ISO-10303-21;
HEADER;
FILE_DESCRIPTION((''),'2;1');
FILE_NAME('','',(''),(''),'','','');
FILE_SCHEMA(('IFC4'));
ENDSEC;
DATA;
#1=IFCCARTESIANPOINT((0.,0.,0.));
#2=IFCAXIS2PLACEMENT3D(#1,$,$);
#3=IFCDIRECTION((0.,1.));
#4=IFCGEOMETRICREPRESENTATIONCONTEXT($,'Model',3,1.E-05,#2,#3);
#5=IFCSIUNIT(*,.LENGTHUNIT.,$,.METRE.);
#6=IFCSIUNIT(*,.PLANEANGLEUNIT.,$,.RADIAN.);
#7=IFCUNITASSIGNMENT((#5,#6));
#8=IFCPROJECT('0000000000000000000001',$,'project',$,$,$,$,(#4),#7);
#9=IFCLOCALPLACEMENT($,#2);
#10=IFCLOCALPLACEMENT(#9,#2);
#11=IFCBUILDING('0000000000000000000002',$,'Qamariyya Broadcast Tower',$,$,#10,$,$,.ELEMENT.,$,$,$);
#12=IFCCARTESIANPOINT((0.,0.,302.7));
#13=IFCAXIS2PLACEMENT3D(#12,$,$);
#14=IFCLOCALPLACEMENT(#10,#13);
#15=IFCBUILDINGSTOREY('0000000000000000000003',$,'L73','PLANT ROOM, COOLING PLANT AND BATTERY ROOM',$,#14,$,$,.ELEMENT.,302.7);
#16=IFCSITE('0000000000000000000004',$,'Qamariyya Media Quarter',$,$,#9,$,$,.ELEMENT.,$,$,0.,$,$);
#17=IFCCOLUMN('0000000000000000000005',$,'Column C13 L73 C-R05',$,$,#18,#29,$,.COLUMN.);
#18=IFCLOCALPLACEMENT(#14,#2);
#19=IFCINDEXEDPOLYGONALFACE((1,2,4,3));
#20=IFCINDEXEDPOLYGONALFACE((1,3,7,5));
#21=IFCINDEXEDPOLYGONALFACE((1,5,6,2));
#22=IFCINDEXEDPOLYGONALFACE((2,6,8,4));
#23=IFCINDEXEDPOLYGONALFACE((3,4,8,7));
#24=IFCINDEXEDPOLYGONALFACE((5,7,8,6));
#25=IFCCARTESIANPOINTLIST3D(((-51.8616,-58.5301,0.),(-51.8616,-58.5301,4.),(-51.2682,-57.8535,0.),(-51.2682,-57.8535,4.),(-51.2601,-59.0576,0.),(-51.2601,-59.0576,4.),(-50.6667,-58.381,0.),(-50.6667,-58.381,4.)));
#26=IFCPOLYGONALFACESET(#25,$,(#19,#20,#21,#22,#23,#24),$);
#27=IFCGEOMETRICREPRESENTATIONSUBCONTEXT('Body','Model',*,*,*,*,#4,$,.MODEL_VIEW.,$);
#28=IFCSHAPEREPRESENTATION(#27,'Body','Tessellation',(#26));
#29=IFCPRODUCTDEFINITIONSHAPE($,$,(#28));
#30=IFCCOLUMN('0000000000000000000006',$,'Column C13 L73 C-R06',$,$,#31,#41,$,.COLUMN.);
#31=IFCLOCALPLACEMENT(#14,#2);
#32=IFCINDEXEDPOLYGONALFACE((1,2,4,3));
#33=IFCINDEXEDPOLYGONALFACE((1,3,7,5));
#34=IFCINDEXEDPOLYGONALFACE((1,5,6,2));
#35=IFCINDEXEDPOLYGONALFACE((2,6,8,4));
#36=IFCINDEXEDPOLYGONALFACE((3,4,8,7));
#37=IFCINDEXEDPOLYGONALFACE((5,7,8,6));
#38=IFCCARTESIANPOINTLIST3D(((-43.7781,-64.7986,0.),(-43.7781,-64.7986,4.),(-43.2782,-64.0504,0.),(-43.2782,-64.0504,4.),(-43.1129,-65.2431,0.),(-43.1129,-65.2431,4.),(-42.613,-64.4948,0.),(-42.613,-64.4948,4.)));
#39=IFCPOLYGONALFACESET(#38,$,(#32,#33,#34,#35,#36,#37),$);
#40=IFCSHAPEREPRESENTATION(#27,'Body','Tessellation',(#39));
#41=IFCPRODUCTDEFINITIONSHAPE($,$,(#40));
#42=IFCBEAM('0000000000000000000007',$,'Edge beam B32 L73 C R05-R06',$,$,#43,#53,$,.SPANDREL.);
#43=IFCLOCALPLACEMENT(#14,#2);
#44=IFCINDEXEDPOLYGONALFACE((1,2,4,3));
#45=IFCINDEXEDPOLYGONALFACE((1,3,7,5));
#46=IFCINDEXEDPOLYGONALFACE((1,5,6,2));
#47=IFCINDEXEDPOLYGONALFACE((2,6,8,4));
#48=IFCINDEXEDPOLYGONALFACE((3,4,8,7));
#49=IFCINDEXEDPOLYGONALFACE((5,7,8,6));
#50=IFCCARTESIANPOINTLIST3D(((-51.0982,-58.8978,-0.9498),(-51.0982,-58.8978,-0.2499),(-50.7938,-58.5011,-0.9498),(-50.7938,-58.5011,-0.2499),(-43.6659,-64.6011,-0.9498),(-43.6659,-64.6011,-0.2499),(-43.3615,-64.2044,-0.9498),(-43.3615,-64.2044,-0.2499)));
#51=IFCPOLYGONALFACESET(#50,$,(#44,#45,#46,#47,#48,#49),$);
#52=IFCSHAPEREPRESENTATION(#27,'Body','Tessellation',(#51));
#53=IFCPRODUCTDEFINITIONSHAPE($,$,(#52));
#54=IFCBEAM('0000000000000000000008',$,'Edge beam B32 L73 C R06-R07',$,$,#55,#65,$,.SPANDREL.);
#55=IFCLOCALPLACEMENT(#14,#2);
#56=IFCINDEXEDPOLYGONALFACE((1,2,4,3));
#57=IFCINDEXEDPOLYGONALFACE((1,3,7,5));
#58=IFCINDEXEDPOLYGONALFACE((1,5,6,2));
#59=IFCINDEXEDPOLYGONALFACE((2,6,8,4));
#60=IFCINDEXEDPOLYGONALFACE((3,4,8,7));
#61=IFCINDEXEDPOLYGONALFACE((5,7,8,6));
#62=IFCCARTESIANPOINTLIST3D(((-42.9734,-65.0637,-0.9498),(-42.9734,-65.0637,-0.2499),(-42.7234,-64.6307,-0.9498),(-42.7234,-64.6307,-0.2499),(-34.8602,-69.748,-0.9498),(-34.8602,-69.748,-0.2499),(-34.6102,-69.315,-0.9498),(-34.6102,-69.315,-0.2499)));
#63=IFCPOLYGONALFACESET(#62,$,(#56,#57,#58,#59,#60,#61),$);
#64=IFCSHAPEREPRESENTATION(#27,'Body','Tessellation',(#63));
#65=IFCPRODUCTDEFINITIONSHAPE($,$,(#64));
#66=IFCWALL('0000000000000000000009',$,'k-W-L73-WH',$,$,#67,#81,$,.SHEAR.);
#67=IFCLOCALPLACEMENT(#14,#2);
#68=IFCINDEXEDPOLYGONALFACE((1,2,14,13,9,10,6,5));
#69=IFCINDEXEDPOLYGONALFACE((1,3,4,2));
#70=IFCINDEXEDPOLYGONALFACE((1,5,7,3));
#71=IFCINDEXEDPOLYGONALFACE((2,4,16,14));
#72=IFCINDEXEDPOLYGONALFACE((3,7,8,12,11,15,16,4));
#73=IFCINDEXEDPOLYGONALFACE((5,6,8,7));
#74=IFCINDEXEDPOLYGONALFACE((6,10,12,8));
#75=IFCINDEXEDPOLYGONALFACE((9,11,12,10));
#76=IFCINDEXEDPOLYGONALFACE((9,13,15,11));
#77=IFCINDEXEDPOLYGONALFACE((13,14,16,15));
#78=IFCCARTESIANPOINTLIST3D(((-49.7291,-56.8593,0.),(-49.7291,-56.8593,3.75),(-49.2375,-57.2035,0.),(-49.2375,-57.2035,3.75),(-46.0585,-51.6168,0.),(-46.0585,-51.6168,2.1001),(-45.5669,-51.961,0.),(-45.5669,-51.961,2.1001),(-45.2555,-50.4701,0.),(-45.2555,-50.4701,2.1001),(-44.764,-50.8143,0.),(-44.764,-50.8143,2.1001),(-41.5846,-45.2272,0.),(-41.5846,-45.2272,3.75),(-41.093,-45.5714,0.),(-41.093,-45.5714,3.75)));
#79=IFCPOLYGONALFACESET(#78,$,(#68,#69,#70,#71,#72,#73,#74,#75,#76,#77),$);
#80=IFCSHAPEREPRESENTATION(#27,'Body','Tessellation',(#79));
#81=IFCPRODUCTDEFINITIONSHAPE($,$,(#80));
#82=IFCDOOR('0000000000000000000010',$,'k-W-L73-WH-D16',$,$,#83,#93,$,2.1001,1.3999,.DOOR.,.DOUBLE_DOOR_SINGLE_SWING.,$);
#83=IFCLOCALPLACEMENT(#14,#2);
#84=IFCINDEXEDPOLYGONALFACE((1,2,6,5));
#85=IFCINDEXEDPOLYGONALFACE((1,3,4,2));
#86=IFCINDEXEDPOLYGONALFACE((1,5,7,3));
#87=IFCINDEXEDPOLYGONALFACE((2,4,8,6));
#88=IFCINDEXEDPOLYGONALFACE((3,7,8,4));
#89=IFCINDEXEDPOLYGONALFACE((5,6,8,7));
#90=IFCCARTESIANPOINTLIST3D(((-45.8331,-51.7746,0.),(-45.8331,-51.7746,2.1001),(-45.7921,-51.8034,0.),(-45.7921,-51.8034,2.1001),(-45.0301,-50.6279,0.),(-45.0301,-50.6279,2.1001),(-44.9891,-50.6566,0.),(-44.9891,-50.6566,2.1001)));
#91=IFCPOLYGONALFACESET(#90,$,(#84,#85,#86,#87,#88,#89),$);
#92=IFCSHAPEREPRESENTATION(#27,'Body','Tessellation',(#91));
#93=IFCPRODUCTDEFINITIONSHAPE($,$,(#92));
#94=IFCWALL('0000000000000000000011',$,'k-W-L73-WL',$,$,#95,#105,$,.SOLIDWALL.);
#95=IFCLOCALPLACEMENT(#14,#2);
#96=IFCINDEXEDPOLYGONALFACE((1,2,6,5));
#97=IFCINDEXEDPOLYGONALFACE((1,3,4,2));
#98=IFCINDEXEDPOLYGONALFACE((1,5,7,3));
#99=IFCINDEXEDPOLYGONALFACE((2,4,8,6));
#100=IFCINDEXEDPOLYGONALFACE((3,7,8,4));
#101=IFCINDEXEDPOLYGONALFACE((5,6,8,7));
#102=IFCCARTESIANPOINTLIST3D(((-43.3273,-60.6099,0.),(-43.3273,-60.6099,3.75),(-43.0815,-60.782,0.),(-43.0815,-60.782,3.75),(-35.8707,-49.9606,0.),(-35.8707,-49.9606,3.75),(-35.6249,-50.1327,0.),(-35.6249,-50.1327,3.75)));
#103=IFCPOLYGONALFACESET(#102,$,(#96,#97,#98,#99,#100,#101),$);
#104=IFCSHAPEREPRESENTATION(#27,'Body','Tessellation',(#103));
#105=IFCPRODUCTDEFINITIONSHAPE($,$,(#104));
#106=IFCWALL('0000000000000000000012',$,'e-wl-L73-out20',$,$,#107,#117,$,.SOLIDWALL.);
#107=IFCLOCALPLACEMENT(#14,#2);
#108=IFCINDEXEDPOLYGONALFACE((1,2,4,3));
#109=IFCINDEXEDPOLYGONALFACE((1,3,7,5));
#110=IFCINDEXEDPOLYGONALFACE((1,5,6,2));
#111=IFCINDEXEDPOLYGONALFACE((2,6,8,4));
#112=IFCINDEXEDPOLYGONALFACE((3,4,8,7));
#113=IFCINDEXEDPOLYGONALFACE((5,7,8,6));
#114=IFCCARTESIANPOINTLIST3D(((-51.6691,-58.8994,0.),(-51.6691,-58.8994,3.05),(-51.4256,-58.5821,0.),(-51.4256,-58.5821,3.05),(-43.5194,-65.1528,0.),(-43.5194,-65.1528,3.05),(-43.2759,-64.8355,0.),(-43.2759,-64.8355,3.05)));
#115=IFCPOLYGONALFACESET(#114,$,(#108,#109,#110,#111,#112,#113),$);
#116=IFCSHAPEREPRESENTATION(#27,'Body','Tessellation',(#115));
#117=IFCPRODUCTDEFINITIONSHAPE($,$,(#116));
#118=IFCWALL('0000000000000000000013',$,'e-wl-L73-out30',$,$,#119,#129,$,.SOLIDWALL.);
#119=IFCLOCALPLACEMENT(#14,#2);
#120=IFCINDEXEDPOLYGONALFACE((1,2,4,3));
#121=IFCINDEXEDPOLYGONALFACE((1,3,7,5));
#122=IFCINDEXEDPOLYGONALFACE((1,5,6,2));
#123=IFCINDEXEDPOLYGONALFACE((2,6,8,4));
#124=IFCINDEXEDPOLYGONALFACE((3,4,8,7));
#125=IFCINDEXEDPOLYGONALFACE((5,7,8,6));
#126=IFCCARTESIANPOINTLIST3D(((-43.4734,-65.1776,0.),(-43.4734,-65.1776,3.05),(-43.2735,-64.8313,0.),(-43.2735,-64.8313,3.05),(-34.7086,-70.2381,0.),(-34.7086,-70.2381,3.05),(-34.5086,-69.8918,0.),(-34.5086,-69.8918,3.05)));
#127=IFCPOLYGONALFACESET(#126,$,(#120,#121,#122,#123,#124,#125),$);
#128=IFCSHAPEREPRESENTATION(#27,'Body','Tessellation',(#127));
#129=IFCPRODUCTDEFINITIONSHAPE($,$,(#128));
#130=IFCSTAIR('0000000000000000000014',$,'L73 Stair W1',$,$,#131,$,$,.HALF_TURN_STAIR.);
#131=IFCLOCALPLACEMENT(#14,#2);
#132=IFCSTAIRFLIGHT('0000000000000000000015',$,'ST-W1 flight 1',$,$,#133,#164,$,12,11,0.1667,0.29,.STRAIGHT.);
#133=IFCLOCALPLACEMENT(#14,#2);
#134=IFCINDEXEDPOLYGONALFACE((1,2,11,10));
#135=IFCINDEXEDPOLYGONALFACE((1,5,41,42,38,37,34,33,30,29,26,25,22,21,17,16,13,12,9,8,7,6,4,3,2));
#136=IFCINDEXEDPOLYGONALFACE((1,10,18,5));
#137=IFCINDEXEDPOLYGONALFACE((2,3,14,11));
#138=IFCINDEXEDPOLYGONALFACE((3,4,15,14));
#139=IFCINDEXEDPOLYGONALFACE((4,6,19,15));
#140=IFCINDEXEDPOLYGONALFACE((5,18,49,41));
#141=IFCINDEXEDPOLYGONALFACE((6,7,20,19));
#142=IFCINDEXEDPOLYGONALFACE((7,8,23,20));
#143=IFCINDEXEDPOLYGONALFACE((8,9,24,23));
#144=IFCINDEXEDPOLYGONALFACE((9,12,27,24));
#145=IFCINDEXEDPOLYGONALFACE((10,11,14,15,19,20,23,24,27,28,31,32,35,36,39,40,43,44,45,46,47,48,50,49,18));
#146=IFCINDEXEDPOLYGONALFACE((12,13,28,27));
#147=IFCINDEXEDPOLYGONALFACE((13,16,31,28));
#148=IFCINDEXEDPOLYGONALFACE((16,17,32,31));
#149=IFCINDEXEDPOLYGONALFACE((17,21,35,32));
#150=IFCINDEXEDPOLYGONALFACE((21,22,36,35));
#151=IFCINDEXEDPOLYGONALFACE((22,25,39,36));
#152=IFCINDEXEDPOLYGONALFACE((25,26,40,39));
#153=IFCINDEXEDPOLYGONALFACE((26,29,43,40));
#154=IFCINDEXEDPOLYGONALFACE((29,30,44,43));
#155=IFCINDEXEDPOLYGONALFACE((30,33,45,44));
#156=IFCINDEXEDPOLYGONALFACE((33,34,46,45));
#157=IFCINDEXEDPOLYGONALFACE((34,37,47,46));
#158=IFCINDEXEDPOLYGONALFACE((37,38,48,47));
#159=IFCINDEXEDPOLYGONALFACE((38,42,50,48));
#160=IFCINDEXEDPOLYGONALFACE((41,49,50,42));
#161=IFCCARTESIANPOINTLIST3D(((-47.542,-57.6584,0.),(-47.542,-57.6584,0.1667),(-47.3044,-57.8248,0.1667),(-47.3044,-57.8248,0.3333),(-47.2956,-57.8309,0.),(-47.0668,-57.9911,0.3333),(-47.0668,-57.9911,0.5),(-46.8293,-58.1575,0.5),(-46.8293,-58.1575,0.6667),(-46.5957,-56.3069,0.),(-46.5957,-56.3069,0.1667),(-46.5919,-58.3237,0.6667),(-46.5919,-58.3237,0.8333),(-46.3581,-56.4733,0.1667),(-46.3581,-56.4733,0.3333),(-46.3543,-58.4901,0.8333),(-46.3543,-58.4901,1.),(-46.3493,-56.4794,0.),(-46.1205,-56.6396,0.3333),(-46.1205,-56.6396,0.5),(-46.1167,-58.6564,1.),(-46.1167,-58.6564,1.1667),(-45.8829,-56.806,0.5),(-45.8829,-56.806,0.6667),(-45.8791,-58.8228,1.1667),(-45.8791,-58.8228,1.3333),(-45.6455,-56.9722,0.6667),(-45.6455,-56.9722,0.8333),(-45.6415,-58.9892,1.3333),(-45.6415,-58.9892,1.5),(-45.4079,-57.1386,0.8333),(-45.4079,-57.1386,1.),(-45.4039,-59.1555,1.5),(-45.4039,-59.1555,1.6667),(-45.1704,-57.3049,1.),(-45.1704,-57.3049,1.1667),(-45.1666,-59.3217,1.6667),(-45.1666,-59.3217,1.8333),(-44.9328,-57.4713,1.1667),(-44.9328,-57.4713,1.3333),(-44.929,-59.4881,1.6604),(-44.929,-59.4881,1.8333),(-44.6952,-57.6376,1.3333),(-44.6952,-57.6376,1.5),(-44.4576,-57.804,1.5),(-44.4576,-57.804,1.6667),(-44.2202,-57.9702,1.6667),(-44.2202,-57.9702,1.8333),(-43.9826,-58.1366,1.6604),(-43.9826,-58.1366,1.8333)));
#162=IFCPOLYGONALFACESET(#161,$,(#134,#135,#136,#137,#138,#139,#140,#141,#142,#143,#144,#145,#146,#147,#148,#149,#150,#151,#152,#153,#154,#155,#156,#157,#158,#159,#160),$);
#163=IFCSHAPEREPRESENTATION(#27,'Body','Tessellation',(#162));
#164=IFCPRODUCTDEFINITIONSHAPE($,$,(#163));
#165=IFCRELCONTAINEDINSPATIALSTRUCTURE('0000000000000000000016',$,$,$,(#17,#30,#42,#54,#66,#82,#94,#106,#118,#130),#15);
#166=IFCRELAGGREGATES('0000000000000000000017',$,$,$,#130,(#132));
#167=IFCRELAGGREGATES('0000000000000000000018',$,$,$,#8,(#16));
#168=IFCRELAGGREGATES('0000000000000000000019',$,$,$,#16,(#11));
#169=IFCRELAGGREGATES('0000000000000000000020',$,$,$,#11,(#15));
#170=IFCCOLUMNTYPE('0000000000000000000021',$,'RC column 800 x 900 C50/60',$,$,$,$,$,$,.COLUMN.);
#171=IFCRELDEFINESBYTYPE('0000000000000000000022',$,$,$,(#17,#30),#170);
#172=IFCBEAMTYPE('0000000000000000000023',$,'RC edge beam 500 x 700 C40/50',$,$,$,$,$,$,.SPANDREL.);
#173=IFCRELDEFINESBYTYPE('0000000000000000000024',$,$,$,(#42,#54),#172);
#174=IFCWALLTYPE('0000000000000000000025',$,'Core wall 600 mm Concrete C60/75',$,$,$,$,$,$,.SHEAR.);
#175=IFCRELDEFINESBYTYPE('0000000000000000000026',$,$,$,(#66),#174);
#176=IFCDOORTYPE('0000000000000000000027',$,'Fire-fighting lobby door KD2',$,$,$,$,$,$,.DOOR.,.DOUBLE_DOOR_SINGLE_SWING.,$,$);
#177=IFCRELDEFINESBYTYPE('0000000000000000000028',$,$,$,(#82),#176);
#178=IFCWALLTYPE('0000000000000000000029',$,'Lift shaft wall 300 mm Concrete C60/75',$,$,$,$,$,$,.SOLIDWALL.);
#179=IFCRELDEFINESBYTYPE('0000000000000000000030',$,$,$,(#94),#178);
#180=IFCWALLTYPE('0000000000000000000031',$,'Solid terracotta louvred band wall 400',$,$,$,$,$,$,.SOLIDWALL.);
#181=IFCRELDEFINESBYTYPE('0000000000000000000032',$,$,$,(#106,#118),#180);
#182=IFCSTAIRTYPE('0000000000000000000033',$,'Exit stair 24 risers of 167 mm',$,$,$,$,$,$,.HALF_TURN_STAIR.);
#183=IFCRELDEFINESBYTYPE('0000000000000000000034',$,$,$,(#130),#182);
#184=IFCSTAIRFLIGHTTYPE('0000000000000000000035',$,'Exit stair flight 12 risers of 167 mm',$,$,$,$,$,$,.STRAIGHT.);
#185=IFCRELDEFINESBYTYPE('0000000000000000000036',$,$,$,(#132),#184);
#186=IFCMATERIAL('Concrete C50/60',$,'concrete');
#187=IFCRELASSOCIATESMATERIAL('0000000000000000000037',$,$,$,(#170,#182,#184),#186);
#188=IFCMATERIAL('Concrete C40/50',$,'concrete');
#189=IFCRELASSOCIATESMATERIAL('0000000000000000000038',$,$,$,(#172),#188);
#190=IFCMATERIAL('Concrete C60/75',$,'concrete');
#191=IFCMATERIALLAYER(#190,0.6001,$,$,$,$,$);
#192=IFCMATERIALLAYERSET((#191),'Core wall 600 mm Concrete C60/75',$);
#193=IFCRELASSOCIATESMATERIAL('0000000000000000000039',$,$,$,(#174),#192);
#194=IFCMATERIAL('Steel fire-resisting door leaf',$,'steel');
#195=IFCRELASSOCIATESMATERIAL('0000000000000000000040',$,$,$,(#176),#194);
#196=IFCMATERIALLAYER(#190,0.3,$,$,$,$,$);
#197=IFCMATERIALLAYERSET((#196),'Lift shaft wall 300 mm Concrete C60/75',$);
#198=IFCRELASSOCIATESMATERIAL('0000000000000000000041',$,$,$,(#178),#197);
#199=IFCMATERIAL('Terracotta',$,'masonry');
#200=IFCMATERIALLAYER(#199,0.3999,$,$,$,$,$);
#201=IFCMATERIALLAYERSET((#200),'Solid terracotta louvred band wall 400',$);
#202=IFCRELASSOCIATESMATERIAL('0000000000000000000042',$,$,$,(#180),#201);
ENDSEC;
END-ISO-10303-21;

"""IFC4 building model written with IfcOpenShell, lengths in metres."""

from ifc_helpers import new_model, si_unit, direction, frame, frame_2d, origin, origin_2d, place, context, subcontext, project, spatial, polyline, rectangle, outline, extrude, material, layer, layer_set, material_profile, profile_set, type_object, element, fill, aggregate, save


model = new_model("IFC4")

# Units and contexts
model_context = context("Model", 3, precision=1e-05, world=origin(), true_north=direction((0.0, 1.0)))
body_context = subcontext(model_context, "Body", "Model", "MODEL_VIEW")
ifc_project = project(units=[si_unit("LENGTHUNIT", "METRE"), si_unit("PLANEANGLEUNIT", "RADIAN")], contexts=[model_context])

# Site, building, storey
site_placement = place(None, origin())
site = spatial("IfcSite", under=ifc_project, at=site_placement, Name="Qamariyya Media Quarter", CompositionType="ELEMENT", RefElevation=0.0)
building_placement = place(site_placement, origin())
building = spatial("IfcBuilding", under=site, at=building_placement, Name="Qamariyya Broadcast Tower", CompositionType="ELEMENT")
storey_placement = place(building_placement, frame((0.0, 0.0, 302.7)))
storey = spatial("IfcBuildingStorey", under=building, at=storey_placement, Name="L73", Description="PLANT ROOM, COOLING PLANT AND BATTERY ROOM", CompositionType="ELEMENT", Elevation=302.7)

# Columns
ifc_material_1 = material(Name="Concrete C50/60", Category="concrete")
ifc_material_profile_1 = material_profile(ifc_material_1, rectangle(XDim=0.8, YDim=0.8999, at=origin_2d()))
ifc_profile_set_1 = profile_set([ifc_material_profile_1], Name="Concrete C50/60")
column_type = type_object("IfcColumnType", Name="RC column 800 x 900 C50/60", PredefinedType="COLUMN", material=ifc_profile_set_1)
for number, where, z_axis, x_axis, name in (
    (1, (-51.2642, -58.4556, 0.0), (0.0, 0.0, 1.0), (0.75184, -0.659346, 0.0), "Column C13 L73 C-R05"),
    (2, (-43.1956, -64.6467, 0.0), (0.0, 0.0, 1.0), (0.83147, -0.55557, 0.0), "Column C13 L73 C-R06"),
):
    element("IfcColumn", number, at=place(storey_placement, frame(where, z_axis=z_axis, x_axis=x_axis)), inside=storey, type_object=column_type, Name=name, PredefinedType="COLUMN", context=body_context, shape_type="SweptSolid", body=[
        extrude(rectangle(XDim=0.8, YDim=0.8999, at=origin_2d()), origin(), (0.0, 0.0, 1.0), 4.0),
    ])

# Beams
ifc_material_2 = material(Name="Concrete C40/50", Category="concrete")
ifc_material_profile_2 = material_profile(ifc_material_2, rectangle(XDim=0.5, YDim=0.7, at=origin_2d()))
ifc_profile_set_2 = profile_set([ifc_material_profile_2], Name="Concrete C40/50")
beam_type = type_object("IfcBeamType", Name="RC edge beam 500 x 700 C40/50", PredefinedType="SPANDREL", material=ifc_profile_set_2)
for number, where, z_axis, x_axis, name in (
    (3, (-50.946, -58.6995, -0.5999), (0.793337, -0.608782, 0.0), (0.608782, 0.793337, 0.0), "Edge beam B32 L73 C R05-R06"),
    (4, (-42.8484, -64.8472, -0.5999), (0.86602, -0.50001, 0.0), (0.50001, 0.86602, 0.0), "Edge beam B32 L73 C R06-R07"),
):
    element("IfcBeam", number, at=place(storey_placement, frame(where, z_axis=z_axis, x_axis=x_axis)), inside=storey, type_object=beam_type, Name=name, PredefinedType="SPANDREL", context=body_context, shape_type="SweptSolid", body=[
        extrude(rectangle(XDim=0.5, YDim=0.7, at=origin_2d()), origin(), (0.0, 0.0, 1.0), 9.3684),
    ])

# Wall, opening, door
ifc_material_3 = material(Name="Concrete C60/75", Category="concrete")
ifc_layer_1 = layer(ifc_material_3, 0.6001)
ifc_layer_set_1 = layer_set([ifc_layer_1], Name="Core wall 600 mm Concrete C60/75")
wall_type_1 = type_object("IfcWallType", Name="Core wall 600 mm Concrete C60/75", PredefinedType="SHEAR", material=ifc_layer_set_1)
wall_1_placement = place(storey_placement, frame((-49.4834, -57.0315, 0.0), z_axis=(0.0, 0.0, 1.0), x_axis=(0.57356, 0.819163, 0.0)))
wall_1 = element("IfcWall", 5, at=wall_1_placement, inside=storey, type_object=wall_type_1, Name="k-W-L73-WH", PredefinedType="SHEAR", context=body_context, shape_type="SweptSolid", body=[
    extrude(rectangle(XDim=14.2, YDim=0.6001, at=frame_2d((7.1001, 0.0))), origin(), (0.0, 0.0, 1.0), 3.75),
])
opening_placement = place(wall_1_placement, frame((6.3999, 0.0, 0.0)))
opening = element("IfcOpeningElement", 6, at=opening_placement, cuts=wall_1, PredefinedType="OPENING", context=body_context, shape_type="SweptSolid", body=[
    extrude(rectangle(XDim=1.3999, YDim=2.1001, at=frame_2d((0.7, 1.05))), frame((0.0, 0.3101, 0.0), z_axis=(0.0, -1.0, 0.0), x_axis=(1.0, 0.0, 0.0)), (0.0, 0.0, 1.0), 0.6201),
])
ifc_material_4 = material(Name="Steel fire-resisting door leaf", Category="steel")
door_type = type_object("IfcDoorType", Name="Fire-fighting lobby door KD2", OperationType="DOUBLE_DOOR_SINGLE_SWING", PredefinedType="DOOR", material=ifc_material_4)
door_placement = place(opening_placement, origin())
door = element("IfcDoor", 7, at=door_placement, inside=storey, type_object=door_type, Name="k-W-L73-WH-D16", OperationType="DOUBLE_DOOR_SINGLE_SWING", OverallHeight=2.1001, OverallWidth=1.3999, PredefinedType="DOOR", context=body_context, shape_type="SweptSolid", body=[
    extrude(rectangle(XDim=1.3999, YDim=2.1001, at=frame_2d((0.7, 1.05))), frame((0.0, 0.0249, 0.0), z_axis=(0.0, -1.0, 0.0), x_axis=(1.0, 0.0, 0.0)), (0.0, 0.0, 1.0), 0.05),
])
fill(opening, door)

# Walls
ifc_layer_2 = layer(ifc_material_3, 0.3)
ifc_layer_set_2 = layer_set([ifc_layer_2], Name="Lift shaft wall 300 mm Concrete C60/75")
wall_type_2 = type_object("IfcWallType", Name="Lift shaft wall 300 mm Concrete C60/75", PredefinedType="SOLIDWALL", material=ifc_layer_set_2)
wall_2_placement = place(storey_placement, frame((-43.2043, -60.6958, 0.0), z_axis=(0.0, 0.0, 1.0), x_axis=(0.573572, 0.819155, 0.0)))
element("IfcWall", 8, at=wall_2_placement, inside=storey, type_object=wall_type_2, Name="k-W-L73-WL", PredefinedType="SOLIDWALL", context=body_context, shape_type="SweptSolid", body=[
    extrude(rectangle(XDim=13.0002, YDim=0.3, at=frame_2d((6.5, 0.0))), origin(), (0.0, 0.0, 1.0), 3.75),
])
ifc_material_5 = material(Name="Terracotta", Category="masonry")
ifc_layer_3 = layer(ifc_material_5, 0.3999)
ifc_layer_set_3 = layer_set([ifc_layer_3], Name="Solid terracotta louvred band wall 400")
wall_type_3 = type_object("IfcWallType", Name="Solid terracotta louvred band wall 400", PredefinedType="SOLIDWALL", material=ifc_layer_set_3)
wall_3_placement = place(storey_placement, frame((-51.5474, -58.7407, 0.0), z_axis=(0.0, 0.0, 1.0), x_axis=(0.793355, -0.608759, 0.0)))
element("IfcWall", 9, at=wall_3_placement, inside=storey, type_object=wall_type_3, Name="e-wl-L73-out20", PredefinedType="SOLIDWALL", context=body_context, shape_type="SweptSolid", body=[
    extrude(rectangle(XDim=10.2725, YDim=0.3999, at=frame_2d((5.1362, 0.0))), origin(), (0.0, 0.0, 1.0), 3.05),
])
wall_4_placement = place(storey_placement, frame((-43.3735, -65.0044, 0.0), z_axis=(0.0, 0.0, 1.0), x_axis=(0.86602, -0.50001, 0.0)))
element("IfcWall", 10, at=wall_4_placement, inside=storey, type_object=wall_type_3, Name="e-wl-L73-out30", PredefinedType="SOLIDWALL", context=body_context, shape_type="SweptSolid", body=[
    extrude(rectangle(XDim=10.1208, YDim=0.3999, at=frame_2d((5.0605, 0.0))), origin(), (0.0, 0.0, 1.0), 3.05),
])

# Stair, stair flight
stair_type = type_object("IfcStairType", Name="Exit stair 24 risers of 167 mm", PredefinedType="HALF_TURN_STAIR", material=ifc_material_1)
stair_placement = place(storey_placement, origin())
stair = element("IfcStair", 11, at=stair_placement, inside=storey, type_object=stair_type, Name="L73 Stair W1", PredefinedType="HALF_TURN_STAIR")
stair_flight_type = type_object("IfcStairFlightType", Name="Exit stair flight 12 risers of 167 mm", PredefinedType="STRAIGHT", material=ifc_material_1)
stair_flight_1_placement = place(storey_placement, frame((-47.0688, -56.9827, 0.0), z_axis=(0.0, 0.0, 1.0), x_axis=(0.819152, -0.573576, 0.0)))
stair_flight_1 = element("IfcStairFlight", 12, at=stair_flight_1_placement, type_object=stair_flight_type, Name="ST-W1 flight 1", NumberOfRisers=12, NumberOfTreads=11, PredefinedType="STRAIGHT", RiserHeight=0.1667, TreadLength=0.29, context=body_context, shape_type="SweptSolid", body=[
    extrude(outline(polyline([(0.0, 0.0), (0.0, 0.1667), (0.29, 0.1667), (0.29, 0.3333), (0.5801, 0.3333), (0.5801, 0.5), (0.8701, 0.5), (0.8701, 0.6667), (1.1599, 0.6667), (1.1599, 0.8333), (1.45, 0.8333), (1.45, 1.0), (1.74, 1.0), (1.74, 1.1667), (2.03, 1.1667), (2.03, 1.3333), (2.3201, 1.3333), (2.3201, 1.5), (2.6101, 1.5), (2.6101, 1.6667), (2.8999, 1.6667), (2.8999, 1.8333), (3.1899, 1.8333), (3.1899, 2.0), (3.1899, 1.6604), (0.3008, 0.0), (0.0, 0.0)])), frame((0.0, 0.825, 0.0), z_axis=(0.0, -1.0, 0.0), x_axis=(1.0, 0.0, 0.0)), (0.0, 0.0, 1.0), 1.6499),
])
aggregate(stair, [stair_flight_1])

save(model, "model.ifc")
